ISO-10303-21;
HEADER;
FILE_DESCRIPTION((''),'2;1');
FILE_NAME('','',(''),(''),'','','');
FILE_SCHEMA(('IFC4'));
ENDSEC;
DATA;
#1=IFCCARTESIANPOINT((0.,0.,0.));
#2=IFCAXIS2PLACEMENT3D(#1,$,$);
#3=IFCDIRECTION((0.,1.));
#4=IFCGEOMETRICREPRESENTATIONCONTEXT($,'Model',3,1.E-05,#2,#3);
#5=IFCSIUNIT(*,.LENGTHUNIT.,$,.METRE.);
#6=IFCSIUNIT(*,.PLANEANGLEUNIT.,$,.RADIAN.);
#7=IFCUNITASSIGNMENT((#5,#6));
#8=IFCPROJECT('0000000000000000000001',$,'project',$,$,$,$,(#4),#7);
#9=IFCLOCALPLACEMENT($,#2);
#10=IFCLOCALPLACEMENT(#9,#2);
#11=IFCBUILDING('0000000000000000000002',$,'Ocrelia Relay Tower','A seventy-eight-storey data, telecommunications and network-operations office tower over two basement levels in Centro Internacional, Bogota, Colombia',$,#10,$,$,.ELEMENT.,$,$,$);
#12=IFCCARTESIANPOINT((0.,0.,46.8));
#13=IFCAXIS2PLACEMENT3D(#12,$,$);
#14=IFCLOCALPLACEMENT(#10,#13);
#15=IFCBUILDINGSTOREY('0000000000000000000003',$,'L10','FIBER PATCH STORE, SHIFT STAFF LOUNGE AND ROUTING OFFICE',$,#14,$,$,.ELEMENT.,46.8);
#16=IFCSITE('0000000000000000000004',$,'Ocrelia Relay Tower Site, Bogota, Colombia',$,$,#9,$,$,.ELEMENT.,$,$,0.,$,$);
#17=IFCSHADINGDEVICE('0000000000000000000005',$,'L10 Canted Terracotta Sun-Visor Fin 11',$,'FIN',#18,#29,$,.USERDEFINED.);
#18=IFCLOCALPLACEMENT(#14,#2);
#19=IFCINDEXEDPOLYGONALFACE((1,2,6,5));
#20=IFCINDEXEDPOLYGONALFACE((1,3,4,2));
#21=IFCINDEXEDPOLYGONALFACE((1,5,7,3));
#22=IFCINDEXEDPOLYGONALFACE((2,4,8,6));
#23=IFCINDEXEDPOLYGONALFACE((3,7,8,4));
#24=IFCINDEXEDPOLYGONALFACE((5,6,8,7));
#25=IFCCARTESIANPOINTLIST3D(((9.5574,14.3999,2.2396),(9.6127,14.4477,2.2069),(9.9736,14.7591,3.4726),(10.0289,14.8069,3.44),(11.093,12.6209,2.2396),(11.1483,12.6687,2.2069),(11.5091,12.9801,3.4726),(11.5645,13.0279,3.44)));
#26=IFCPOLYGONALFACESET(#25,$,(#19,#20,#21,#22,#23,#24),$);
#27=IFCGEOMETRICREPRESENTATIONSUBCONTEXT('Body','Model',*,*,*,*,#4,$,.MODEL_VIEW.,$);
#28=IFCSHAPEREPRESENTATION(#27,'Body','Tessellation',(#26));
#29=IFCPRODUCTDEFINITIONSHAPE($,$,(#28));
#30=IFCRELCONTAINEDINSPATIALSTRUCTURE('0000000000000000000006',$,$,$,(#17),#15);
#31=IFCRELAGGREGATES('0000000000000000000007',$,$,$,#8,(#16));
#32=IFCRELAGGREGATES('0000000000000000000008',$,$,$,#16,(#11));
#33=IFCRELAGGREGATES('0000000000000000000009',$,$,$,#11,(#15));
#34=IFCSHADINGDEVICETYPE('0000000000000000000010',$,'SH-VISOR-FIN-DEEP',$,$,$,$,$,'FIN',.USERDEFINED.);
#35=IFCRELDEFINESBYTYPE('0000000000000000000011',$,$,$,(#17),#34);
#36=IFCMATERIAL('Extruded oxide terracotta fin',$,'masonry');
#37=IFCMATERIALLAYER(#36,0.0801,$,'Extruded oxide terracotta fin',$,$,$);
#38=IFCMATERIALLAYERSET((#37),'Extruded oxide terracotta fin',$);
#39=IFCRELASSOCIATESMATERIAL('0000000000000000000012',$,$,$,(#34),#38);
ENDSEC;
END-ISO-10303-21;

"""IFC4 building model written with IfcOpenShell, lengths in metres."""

from ifc_helpers import new_model, si_unit, direction, frame, origin, origin_2d, place, context, subcontext, project, spatial, rectangle, extrude, material, layer, layer_set, type_object, element, save


model = new_model("IFC4")

# Units and contexts
model_context = context("Model", 3, precision=1e-05, world=origin(), true_north=direction((0.0, 1.0)))
body_context = subcontext(model_context, "Body", "Model", "MODEL_VIEW")
ifc_project = project(units=[si_unit("LENGTHUNIT", "METRE"), si_unit("PLANEANGLEUNIT", "RADIAN")], contexts=[model_context])

# Site, building, storey
site_placement = place(None, origin())
site = spatial("IfcSite", under=ifc_project, at=site_placement, Name="Ocrelia Relay Tower Site, Bogota, Colombia", CompositionType="ELEMENT", RefElevation=0.0)
building_placement = place(site_placement, origin())
building = spatial("IfcBuilding", under=site, at=building_placement, Name="Ocrelia Relay Tower", Description="A seventy-eight-storey data, telecommunications and network-operations office tower over two basement levels in Centro Internacional, Bogota, Colombia", CompositionType="ELEMENT")
storey_placement = place(building_placement, frame((0.0, 0.0, 46.8)))
storey = spatial("IfcBuildingStorey", under=building, at=storey_placement, Name="L10", Description="FIBER PATCH STORE, SHIFT STAFF LOUNGE AND ROUTING OFFICE", CompositionType="ELEMENT", Elevation=46.8)

# Shading device
ifc_material_1 = material(Name="Extruded oxide terracotta fin", Category="masonry")
ifc_layer_1 = layer(ifc_material_1, 0.0801, Name="Extruded oxide terracotta fin")
ifc_layer_set_1 = layer_set([ifc_layer_1], Name="Extruded oxide terracotta fin")
shading_device_type = type_object("IfcShadingDeviceType", Name="SH-VISOR-FIN-DEEP", ElementType="FIN", PredefinedType="USERDEFINED", material=ifc_layer_set_1)
shading_device_placement = place(storey_placement, frame((10.5886, 13.7378, 2.8235), z_axis=(-0.691392, -0.596786, 0.407215), x_axis=(0.653416, -0.756999, 0.0)))
element("IfcShadingDevice", 1, at=shading_device_placement, inside=storey, type_object=shading_device_type, Name="L10 Canted Terracotta Sun-Visor Fin 11", ObjectType="FIN", PredefinedType="USERDEFINED", context=body_context, shape_type="SweptSolid", body=[
    extrude(rectangle(XDim=2.3501, YDim=1.3501, at=origin_2d()), origin(), (0.0, 0.0, 1.0), 0.0801),
])

save(model, "model.ifc")
